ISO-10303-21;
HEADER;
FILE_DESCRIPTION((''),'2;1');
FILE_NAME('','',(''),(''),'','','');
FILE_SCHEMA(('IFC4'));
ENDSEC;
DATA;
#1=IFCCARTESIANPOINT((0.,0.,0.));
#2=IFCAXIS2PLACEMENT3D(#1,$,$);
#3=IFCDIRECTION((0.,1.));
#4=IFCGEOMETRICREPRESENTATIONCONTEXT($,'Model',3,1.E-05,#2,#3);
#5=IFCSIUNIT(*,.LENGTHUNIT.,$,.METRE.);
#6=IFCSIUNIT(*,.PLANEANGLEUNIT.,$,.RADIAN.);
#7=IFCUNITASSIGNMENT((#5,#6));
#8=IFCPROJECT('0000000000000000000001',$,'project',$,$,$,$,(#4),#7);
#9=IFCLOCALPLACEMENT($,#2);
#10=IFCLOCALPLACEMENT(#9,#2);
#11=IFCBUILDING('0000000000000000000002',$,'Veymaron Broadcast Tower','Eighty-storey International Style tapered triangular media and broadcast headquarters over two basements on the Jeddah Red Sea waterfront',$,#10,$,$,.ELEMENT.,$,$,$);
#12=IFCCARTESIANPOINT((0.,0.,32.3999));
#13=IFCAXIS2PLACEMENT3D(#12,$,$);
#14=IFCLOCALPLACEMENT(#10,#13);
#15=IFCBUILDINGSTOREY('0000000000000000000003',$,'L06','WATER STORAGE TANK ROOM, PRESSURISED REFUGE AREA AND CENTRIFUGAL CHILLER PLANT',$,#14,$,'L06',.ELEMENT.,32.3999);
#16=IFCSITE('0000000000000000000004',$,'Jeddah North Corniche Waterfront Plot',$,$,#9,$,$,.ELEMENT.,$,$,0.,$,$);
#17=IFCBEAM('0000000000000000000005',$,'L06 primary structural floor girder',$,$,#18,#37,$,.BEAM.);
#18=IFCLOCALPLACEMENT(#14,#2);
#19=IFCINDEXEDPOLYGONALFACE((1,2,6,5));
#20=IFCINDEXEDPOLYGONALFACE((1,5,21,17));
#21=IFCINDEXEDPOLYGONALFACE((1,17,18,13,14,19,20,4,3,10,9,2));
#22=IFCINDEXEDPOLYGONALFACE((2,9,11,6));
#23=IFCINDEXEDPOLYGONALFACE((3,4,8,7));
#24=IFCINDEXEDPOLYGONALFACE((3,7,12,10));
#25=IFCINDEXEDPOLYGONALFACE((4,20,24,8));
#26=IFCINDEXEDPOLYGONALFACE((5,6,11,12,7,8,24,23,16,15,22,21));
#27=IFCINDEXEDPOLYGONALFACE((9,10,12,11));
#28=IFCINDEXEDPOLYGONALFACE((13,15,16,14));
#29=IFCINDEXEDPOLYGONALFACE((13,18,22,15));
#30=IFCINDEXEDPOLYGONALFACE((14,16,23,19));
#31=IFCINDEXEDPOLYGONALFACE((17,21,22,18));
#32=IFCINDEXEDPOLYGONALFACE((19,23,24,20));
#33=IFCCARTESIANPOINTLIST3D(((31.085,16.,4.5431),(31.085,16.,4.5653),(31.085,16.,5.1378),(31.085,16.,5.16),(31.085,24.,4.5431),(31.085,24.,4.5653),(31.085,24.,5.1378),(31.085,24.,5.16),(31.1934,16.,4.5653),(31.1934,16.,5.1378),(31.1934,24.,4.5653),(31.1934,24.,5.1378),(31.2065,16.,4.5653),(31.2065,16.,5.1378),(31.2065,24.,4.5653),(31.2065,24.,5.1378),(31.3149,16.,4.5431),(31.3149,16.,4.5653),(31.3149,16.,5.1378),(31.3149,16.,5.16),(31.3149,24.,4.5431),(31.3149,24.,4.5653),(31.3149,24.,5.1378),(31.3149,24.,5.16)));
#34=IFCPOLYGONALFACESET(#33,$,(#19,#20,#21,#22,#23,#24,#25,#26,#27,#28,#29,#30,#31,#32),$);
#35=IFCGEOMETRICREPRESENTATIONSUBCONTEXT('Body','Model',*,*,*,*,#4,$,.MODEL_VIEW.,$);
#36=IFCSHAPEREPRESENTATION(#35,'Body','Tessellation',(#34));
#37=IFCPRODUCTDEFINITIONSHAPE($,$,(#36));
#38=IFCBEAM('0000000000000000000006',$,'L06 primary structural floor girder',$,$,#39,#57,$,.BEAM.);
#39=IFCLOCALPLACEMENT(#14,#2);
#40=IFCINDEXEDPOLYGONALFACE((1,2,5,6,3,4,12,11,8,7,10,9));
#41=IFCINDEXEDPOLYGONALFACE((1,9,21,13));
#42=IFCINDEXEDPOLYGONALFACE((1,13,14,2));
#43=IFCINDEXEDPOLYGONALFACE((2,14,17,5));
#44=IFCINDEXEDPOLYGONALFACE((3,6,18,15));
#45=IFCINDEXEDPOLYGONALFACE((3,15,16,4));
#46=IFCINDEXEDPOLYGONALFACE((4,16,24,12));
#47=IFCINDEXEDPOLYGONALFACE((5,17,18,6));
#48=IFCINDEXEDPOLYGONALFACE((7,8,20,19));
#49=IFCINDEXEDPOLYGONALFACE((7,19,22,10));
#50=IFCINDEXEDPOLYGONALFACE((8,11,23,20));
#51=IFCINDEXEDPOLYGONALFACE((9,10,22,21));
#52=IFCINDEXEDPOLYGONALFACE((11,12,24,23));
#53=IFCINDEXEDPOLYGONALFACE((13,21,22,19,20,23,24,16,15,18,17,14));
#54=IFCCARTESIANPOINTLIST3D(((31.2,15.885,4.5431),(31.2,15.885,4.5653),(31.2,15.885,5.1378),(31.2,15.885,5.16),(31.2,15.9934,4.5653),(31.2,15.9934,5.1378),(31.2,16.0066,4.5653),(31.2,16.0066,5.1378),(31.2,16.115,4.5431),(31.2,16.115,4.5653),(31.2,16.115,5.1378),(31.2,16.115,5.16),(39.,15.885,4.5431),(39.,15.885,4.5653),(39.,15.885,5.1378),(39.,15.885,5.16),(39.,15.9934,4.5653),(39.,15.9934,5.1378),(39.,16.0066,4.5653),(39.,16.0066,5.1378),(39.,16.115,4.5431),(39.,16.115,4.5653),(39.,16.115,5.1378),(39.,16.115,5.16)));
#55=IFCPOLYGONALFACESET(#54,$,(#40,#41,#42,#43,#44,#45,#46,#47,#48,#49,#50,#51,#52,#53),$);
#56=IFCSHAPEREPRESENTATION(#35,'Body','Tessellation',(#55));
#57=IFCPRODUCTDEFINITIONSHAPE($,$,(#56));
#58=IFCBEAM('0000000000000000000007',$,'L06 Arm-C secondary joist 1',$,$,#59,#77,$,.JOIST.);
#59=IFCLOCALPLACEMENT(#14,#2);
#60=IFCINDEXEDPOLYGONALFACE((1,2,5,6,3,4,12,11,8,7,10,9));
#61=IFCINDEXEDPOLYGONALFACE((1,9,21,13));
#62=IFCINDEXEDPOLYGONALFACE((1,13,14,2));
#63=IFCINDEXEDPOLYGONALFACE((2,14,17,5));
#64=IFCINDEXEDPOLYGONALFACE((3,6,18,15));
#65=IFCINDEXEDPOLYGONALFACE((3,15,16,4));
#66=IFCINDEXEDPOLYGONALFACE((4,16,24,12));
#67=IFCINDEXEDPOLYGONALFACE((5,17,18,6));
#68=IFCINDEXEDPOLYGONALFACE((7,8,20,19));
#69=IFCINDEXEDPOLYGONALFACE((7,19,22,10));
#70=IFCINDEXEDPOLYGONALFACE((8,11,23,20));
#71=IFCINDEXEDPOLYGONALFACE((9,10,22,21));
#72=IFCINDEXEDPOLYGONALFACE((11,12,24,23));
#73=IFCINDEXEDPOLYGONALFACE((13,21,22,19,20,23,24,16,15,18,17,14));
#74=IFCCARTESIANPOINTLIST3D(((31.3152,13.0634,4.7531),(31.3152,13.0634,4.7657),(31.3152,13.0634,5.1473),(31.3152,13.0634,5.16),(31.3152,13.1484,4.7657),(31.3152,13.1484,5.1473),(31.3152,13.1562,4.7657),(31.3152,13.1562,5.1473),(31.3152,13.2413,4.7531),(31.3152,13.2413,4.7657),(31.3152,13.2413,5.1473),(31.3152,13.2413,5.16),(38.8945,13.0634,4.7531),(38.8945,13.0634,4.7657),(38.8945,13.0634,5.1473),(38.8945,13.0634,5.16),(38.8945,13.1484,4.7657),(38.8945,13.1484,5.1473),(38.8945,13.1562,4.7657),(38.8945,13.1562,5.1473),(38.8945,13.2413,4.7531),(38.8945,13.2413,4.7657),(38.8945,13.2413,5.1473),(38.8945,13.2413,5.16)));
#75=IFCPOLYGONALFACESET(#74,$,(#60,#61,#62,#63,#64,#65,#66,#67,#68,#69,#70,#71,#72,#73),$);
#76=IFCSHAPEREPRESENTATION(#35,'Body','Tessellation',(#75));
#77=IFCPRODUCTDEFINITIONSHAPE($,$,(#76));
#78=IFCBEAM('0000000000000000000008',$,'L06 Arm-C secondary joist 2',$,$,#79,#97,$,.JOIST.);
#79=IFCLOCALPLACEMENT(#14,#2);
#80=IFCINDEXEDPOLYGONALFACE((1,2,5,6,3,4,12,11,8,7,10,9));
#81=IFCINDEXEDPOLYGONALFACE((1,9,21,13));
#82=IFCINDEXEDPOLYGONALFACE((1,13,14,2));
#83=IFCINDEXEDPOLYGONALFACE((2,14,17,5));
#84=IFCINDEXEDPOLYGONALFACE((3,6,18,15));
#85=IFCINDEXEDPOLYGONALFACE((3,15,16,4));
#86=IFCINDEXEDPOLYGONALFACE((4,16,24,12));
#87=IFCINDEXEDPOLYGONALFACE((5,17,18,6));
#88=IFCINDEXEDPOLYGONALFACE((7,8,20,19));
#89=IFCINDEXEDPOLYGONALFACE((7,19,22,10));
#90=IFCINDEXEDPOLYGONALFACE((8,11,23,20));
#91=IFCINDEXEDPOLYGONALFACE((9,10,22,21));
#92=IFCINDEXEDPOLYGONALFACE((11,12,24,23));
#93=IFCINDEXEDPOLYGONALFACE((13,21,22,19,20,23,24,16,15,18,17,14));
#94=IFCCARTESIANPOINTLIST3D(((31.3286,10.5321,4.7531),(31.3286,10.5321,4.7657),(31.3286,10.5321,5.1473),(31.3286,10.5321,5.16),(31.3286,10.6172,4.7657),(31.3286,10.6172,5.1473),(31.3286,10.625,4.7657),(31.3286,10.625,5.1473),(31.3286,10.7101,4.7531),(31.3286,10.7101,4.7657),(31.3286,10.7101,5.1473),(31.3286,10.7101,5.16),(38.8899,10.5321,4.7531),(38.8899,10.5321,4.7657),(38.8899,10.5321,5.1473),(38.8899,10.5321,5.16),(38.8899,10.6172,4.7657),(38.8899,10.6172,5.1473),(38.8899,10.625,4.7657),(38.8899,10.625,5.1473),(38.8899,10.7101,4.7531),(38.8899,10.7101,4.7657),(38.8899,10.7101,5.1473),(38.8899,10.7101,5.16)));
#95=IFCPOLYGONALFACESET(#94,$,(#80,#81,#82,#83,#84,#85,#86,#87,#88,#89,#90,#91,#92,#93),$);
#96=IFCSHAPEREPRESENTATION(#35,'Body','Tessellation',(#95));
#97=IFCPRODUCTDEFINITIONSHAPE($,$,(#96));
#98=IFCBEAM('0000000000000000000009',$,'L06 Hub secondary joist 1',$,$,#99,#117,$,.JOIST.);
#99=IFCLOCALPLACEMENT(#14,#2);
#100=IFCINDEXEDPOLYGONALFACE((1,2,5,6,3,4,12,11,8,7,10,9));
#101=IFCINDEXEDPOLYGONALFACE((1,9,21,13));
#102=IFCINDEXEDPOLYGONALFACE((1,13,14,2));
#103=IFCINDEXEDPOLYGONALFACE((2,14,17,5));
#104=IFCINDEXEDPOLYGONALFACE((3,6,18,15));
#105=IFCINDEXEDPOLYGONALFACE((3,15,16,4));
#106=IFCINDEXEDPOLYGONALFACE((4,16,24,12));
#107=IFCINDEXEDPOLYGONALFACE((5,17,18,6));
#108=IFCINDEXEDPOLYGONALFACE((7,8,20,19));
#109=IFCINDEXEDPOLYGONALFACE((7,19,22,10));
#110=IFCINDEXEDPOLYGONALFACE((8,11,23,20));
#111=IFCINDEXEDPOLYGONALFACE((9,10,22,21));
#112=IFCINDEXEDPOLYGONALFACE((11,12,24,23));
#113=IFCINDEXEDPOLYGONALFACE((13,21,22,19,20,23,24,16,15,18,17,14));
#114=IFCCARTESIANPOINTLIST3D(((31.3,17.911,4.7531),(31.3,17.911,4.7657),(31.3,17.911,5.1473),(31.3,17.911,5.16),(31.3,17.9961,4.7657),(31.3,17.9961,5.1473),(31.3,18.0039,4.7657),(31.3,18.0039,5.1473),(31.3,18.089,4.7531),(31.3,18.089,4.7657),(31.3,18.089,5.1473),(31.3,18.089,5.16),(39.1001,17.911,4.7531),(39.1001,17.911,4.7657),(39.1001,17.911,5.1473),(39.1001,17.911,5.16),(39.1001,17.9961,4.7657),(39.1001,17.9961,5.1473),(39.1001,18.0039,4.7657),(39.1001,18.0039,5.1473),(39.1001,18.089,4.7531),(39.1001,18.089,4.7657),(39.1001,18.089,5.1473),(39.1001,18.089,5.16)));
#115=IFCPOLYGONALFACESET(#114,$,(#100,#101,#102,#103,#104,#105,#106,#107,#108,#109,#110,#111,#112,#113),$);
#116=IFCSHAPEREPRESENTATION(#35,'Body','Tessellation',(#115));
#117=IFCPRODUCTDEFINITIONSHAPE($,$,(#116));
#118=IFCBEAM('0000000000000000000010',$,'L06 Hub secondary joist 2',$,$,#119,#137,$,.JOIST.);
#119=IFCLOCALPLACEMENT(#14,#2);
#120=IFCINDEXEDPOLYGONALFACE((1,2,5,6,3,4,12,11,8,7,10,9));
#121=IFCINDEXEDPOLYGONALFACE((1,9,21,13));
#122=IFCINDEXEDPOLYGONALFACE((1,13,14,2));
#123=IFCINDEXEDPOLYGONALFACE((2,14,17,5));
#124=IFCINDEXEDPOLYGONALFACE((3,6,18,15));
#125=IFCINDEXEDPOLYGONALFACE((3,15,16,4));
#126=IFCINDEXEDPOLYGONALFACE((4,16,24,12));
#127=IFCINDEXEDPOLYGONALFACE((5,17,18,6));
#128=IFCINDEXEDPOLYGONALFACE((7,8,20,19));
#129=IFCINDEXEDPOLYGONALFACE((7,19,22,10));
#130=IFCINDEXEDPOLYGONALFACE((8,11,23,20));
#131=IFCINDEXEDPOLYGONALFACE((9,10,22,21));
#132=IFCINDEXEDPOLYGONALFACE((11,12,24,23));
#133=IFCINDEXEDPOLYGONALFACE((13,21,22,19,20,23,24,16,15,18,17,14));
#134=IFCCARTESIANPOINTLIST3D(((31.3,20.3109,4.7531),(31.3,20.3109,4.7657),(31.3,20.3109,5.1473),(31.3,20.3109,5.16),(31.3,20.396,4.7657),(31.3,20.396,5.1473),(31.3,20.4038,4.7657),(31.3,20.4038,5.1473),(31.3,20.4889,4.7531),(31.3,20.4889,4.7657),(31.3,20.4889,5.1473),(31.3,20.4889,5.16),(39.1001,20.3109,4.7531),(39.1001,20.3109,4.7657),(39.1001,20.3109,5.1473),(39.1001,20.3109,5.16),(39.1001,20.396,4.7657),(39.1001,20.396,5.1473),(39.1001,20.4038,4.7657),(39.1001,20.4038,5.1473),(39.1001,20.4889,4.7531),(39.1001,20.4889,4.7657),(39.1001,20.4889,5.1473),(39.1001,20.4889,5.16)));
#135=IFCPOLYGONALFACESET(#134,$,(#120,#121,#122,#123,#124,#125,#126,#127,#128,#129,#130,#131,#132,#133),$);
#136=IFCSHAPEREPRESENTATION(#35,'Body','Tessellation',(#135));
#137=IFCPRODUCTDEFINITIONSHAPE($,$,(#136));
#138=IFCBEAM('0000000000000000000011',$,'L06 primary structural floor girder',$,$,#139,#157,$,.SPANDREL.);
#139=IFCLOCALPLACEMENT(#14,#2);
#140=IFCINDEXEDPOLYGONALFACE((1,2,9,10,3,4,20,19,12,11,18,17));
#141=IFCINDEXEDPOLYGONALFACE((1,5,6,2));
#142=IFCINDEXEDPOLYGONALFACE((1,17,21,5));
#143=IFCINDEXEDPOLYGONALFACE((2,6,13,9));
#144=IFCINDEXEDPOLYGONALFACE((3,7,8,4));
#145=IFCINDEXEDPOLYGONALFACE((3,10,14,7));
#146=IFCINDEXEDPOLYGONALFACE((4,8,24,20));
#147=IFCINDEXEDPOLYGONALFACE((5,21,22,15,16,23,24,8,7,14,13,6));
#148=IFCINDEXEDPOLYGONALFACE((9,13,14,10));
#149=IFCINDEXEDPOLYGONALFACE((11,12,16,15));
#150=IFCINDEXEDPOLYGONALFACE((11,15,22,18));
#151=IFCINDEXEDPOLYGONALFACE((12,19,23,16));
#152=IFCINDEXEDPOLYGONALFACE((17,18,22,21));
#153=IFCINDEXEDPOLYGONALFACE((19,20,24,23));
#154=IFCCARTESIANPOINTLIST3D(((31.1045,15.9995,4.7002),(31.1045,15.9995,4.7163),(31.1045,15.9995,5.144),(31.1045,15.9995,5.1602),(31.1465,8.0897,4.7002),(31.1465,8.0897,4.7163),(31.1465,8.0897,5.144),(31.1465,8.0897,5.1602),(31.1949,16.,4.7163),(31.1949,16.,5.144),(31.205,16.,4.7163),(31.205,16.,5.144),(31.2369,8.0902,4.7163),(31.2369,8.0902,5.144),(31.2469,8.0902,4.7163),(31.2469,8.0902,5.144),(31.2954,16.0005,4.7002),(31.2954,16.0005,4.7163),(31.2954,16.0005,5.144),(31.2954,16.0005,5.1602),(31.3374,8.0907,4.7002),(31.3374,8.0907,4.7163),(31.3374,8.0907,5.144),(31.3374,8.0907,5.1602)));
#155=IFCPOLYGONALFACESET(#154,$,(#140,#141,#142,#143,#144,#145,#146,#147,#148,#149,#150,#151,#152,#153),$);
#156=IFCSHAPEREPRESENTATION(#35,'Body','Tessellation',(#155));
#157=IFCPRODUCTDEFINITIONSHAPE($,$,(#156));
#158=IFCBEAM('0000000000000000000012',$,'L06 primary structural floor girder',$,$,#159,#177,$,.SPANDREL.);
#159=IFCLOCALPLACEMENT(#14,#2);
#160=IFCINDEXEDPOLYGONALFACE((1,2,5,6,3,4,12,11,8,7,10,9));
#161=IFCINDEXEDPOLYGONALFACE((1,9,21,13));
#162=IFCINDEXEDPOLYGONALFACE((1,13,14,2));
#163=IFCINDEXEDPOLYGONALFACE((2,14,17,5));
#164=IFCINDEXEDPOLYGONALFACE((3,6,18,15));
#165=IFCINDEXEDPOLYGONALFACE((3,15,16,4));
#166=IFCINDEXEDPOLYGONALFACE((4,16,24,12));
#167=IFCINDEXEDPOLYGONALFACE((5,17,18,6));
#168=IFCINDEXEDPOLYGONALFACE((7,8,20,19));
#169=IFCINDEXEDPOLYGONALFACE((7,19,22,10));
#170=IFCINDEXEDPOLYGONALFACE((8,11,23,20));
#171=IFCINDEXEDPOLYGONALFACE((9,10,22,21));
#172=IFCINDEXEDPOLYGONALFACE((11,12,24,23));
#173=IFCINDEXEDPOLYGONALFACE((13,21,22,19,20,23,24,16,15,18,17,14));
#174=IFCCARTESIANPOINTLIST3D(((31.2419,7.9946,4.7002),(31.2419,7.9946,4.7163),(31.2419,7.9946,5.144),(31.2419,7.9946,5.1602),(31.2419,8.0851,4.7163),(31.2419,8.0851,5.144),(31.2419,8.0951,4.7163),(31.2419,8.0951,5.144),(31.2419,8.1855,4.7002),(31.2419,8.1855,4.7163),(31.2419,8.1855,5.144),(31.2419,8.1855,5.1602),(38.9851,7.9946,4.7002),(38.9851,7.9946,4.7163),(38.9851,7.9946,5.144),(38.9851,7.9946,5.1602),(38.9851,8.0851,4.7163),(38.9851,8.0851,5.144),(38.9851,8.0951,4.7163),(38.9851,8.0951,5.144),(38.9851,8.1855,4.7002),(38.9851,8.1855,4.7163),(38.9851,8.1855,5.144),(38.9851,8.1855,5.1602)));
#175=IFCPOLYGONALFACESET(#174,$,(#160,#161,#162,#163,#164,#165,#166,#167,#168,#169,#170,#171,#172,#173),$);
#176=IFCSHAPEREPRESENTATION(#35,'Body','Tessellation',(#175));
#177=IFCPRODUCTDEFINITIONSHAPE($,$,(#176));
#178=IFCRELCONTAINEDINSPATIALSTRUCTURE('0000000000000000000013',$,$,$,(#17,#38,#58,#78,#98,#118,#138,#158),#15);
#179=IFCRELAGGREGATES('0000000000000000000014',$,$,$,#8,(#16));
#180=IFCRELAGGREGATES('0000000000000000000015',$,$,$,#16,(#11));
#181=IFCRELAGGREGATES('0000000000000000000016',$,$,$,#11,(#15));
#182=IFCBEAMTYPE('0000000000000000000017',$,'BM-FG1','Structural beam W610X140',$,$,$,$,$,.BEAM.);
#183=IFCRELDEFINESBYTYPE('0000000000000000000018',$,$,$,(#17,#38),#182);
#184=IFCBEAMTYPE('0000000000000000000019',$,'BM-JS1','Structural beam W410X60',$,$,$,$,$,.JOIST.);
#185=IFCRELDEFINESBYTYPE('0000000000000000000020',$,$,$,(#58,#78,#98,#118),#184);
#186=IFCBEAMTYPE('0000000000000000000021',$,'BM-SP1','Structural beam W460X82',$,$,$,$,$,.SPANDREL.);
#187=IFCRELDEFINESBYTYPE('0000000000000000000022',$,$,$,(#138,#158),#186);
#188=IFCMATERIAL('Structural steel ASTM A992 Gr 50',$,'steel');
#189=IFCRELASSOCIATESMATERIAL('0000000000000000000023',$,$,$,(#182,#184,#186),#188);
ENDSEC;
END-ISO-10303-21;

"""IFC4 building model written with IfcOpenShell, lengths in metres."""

from ifc_helpers import new_model, si_unit, direction, frame, origin, origin_2d, place, context, subcontext, project, spatial, i_section, extrude, material, material_profile, profile_set, type_object, element, save


model = new_model("IFC4")

# Units and contexts
model_context = context("Model", 3, precision=1e-05, world=origin(), true_north=direction((0.0, 1.0)))
body_context = subcontext(model_context, "Body", "Model", "MODEL_VIEW")
ifc_project = project(units=[si_unit("LENGTHUNIT", "METRE"), si_unit("PLANEANGLEUNIT", "RADIAN")], contexts=[model_context])

# Site, building, storey
site_placement = place(None, origin())
site = spatial("IfcSite", under=ifc_project, at=site_placement, Name="Jeddah North Corniche Waterfront Plot", CompositionType="ELEMENT", RefElevation=0.0)
building_placement = place(site_placement, origin())
building = spatial("IfcBuilding", under=site, at=building_placement, Name="Veymaron Broadcast Tower", Description="Eighty-storey International Style tapered triangular media and broadcast headquarters over two basements on the Jeddah Red Sea waterfront", CompositionType="ELEMENT")
storey_placement = place(building_placement, frame((0.0, 0.0, 32.3999)))
storey = spatial("IfcBuildingStorey", under=building, at=storey_placement, Name="L06", Description="WATER STORAGE TANK ROOM, PRESSURISED REFUGE AREA AND CENTRIFUGAL CHILLER PLANT", LongName="L06", CompositionType="ELEMENT", Elevation=32.3999)

# Beams
ifc_material_1 = material(Name="Structural steel ASTM A992 Gr 50", Category="steel")
ifc_material_profile_1 = material_profile(ifc_material_1, i_section(OverallWidth=0.23, OverallDepth=0.6169, WebThickness=0.0132, FlangeThickness=0.0222, at=origin_2d()), Name="W610X140")
ifc_profile_set_1 = profile_set([ifc_material_profile_1], Name="Structural steel ASTM A992 Gr 50")
beam_type_1 = type_object("IfcBeamType", Name="BM-FG1", Description="Structural beam W610X140", PredefinedType="BEAM", material=ifc_profile_set_1)
beam_1_placement = place(storey_placement, frame((31.2, 16.0, 4.8516), z_axis=(0.0, 1.0, 0.0), x_axis=(-1.0, 0.0, 0.0)))
element("IfcBeam", 1, at=beam_1_placement, inside=storey, type_object=beam_type_1, Name="L06 primary structural floor girder", PredefinedType="BEAM", context=body_context, shape_type="SweptSolid", body=[
    extrude(i_section(OverallWidth=0.23, OverallDepth=0.6169, WebThickness=0.0132, FlangeThickness=0.0222, at=origin_2d()), origin(), (0.0, 0.0, 1.0), 8.0),
])
beam_2_placement = place(storey_placement, frame((31.2, 16.0, 4.8516), z_axis=(1.0, 0.0, 0.0), x_axis=(0.0, 1.0, 0.0)))
element("IfcBeam", 2, at=beam_2_placement, inside=storey, type_object=beam_type_1, Name="L06 primary structural floor girder", PredefinedType="BEAM", context=body_context, shape_type="SweptSolid", body=[
    extrude(i_section(OverallWidth=0.23, OverallDepth=0.6169, WebThickness=0.0132, FlangeThickness=0.0222, at=origin_2d()), origin(), (0.0, 0.0, 1.0), 7.8),
])
ifc_material_profile_2 = material_profile(ifc_material_1, i_section(OverallWidth=0.178, OverallDepth=0.407, WebThickness=0.0078, FlangeThickness=0.0127, at=origin_2d()), Name="W410X60")
ifc_profile_set_2 = profile_set([ifc_material_profile_2], Name="Structural steel ASTM A992 Gr 50")
beam_type_2 = type_object("IfcBeamType", Name="BM-JS1", Description="Structural beam W410X60", PredefinedType="JOIST", material=ifc_profile_set_2)
beam_3_placement = place(storey_placement, frame((31.3152, 13.1523, 4.9565), z_axis=(1.0, 0.0, 0.0), x_axis=(0.0, 1.0, 0.0)))
element("IfcBeam", 3, at=beam_3_placement, inside=storey, type_object=beam_type_2, Name="L06 Arm-C secondary joist 1", PredefinedType="JOIST", context=body_context, shape_type="SweptSolid", body=[
    extrude(i_section(OverallWidth=0.178, OverallDepth=0.407, WebThickness=0.0078, FlangeThickness=0.0127, at=origin_2d()), origin(), (0.0, 0.0, 1.0), 7.5793),
])
beam_4_placement = place(storey_placement, frame((31.3286, 10.6211, 4.9565), z_axis=(1.0, 0.0, 0.0), x_axis=(0.0, 1.0, 0.0)))
element("IfcBeam", 4, at=beam_4_placement, inside=storey, type_object=beam_type_2, Name="L06 Arm-C secondary joist 2", PredefinedType="JOIST", context=body_context, shape_type="SweptSolid", body=[
    extrude(i_section(OverallWidth=0.178, OverallDepth=0.407, WebThickness=0.0078, FlangeThickness=0.0127, at=origin_2d()), origin(), (0.0, 0.0, 1.0), 7.5613),
])
for number, where, z_axis, x_axis, name in (
    (5, (31.3, 18.0, 4.9565), (1.0, 0.0, 0.0), (0.0, 1.0, 0.0), "L06 Hub secondary joist 1"),
    (6, (31.3, 20.3999, 4.9565), (1.0, 0.0, 0.0), (0.0, 1.0, 0.0), "L06 Hub secondary joist 2"),
):
    element("IfcBeam", number, at=place(storey_placement, frame(where, z_axis=z_axis, x_axis=x_axis)), inside=storey, type_object=beam_type_2, Name=name, PredefinedType="JOIST", context=body_context, shape_type="SweptSolid", body=[
        extrude(i_section(OverallWidth=0.178, OverallDepth=0.407, WebThickness=0.0078, FlangeThickness=0.0127, at=origin_2d()), origin(), (0.0, 0.0, 1.0), 7.8),
    ])
ifc_material_profile_3 = material_profile(ifc_material_1, i_section(OverallWidth=0.1909, OverallDepth=0.46, WebThickness=0.01, FlangeThickness=0.0161, at=origin_2d()), Name="W460X82")
ifc_profile_set_3 = profile_set([ifc_material_profile_3], Name="Structural steel ASTM A992 Gr 50")
beam_type_3 = type_object("IfcBeamType", Name="BM-SP1", Description="Structural beam W460X82", PredefinedType="SPANDREL", material=ifc_profile_set_3)
beam_5_placement = place(storey_placement, frame((31.2, 16.0, 4.9302), z_axis=(0.005309, -0.999986, 0.0), x_axis=(0.999986, 0.005309, 0.0)))
element("IfcBeam", 7, at=beam_5_placement, inside=storey, type_object=beam_type_3, Name="L06 primary structural floor girder", PredefinedType="SPANDREL", context=body_context, shape_type="SweptSolid", body=[
    extrude(i_section(OverallWidth=0.1909, OverallDepth=0.46, WebThickness=0.01, FlangeThickness=0.0161, at=origin_2d()), origin(), (0.0, 0.0, 1.0), 7.9099),
])
beam_6_placement = place(storey_placement, frame((31.2419, 8.0901, 4.9302), z_axis=(1.0, 0.0, 0.0), x_axis=(0.0, 1.0, 0.0)))
element("IfcBeam", 8, at=beam_6_placement, inside=storey, type_object=beam_type_3, Name="L06 primary structural floor girder", PredefinedType="SPANDREL", context=body_context, shape_type="SweptSolid", body=[
    extrude(i_section(OverallWidth=0.1909, OverallDepth=0.46, WebThickness=0.01, FlangeThickness=0.0161, at=origin_2d()), origin(), (0.0, 0.0, 1.0), 7.7432),
])

save(model, "model.ifc")
